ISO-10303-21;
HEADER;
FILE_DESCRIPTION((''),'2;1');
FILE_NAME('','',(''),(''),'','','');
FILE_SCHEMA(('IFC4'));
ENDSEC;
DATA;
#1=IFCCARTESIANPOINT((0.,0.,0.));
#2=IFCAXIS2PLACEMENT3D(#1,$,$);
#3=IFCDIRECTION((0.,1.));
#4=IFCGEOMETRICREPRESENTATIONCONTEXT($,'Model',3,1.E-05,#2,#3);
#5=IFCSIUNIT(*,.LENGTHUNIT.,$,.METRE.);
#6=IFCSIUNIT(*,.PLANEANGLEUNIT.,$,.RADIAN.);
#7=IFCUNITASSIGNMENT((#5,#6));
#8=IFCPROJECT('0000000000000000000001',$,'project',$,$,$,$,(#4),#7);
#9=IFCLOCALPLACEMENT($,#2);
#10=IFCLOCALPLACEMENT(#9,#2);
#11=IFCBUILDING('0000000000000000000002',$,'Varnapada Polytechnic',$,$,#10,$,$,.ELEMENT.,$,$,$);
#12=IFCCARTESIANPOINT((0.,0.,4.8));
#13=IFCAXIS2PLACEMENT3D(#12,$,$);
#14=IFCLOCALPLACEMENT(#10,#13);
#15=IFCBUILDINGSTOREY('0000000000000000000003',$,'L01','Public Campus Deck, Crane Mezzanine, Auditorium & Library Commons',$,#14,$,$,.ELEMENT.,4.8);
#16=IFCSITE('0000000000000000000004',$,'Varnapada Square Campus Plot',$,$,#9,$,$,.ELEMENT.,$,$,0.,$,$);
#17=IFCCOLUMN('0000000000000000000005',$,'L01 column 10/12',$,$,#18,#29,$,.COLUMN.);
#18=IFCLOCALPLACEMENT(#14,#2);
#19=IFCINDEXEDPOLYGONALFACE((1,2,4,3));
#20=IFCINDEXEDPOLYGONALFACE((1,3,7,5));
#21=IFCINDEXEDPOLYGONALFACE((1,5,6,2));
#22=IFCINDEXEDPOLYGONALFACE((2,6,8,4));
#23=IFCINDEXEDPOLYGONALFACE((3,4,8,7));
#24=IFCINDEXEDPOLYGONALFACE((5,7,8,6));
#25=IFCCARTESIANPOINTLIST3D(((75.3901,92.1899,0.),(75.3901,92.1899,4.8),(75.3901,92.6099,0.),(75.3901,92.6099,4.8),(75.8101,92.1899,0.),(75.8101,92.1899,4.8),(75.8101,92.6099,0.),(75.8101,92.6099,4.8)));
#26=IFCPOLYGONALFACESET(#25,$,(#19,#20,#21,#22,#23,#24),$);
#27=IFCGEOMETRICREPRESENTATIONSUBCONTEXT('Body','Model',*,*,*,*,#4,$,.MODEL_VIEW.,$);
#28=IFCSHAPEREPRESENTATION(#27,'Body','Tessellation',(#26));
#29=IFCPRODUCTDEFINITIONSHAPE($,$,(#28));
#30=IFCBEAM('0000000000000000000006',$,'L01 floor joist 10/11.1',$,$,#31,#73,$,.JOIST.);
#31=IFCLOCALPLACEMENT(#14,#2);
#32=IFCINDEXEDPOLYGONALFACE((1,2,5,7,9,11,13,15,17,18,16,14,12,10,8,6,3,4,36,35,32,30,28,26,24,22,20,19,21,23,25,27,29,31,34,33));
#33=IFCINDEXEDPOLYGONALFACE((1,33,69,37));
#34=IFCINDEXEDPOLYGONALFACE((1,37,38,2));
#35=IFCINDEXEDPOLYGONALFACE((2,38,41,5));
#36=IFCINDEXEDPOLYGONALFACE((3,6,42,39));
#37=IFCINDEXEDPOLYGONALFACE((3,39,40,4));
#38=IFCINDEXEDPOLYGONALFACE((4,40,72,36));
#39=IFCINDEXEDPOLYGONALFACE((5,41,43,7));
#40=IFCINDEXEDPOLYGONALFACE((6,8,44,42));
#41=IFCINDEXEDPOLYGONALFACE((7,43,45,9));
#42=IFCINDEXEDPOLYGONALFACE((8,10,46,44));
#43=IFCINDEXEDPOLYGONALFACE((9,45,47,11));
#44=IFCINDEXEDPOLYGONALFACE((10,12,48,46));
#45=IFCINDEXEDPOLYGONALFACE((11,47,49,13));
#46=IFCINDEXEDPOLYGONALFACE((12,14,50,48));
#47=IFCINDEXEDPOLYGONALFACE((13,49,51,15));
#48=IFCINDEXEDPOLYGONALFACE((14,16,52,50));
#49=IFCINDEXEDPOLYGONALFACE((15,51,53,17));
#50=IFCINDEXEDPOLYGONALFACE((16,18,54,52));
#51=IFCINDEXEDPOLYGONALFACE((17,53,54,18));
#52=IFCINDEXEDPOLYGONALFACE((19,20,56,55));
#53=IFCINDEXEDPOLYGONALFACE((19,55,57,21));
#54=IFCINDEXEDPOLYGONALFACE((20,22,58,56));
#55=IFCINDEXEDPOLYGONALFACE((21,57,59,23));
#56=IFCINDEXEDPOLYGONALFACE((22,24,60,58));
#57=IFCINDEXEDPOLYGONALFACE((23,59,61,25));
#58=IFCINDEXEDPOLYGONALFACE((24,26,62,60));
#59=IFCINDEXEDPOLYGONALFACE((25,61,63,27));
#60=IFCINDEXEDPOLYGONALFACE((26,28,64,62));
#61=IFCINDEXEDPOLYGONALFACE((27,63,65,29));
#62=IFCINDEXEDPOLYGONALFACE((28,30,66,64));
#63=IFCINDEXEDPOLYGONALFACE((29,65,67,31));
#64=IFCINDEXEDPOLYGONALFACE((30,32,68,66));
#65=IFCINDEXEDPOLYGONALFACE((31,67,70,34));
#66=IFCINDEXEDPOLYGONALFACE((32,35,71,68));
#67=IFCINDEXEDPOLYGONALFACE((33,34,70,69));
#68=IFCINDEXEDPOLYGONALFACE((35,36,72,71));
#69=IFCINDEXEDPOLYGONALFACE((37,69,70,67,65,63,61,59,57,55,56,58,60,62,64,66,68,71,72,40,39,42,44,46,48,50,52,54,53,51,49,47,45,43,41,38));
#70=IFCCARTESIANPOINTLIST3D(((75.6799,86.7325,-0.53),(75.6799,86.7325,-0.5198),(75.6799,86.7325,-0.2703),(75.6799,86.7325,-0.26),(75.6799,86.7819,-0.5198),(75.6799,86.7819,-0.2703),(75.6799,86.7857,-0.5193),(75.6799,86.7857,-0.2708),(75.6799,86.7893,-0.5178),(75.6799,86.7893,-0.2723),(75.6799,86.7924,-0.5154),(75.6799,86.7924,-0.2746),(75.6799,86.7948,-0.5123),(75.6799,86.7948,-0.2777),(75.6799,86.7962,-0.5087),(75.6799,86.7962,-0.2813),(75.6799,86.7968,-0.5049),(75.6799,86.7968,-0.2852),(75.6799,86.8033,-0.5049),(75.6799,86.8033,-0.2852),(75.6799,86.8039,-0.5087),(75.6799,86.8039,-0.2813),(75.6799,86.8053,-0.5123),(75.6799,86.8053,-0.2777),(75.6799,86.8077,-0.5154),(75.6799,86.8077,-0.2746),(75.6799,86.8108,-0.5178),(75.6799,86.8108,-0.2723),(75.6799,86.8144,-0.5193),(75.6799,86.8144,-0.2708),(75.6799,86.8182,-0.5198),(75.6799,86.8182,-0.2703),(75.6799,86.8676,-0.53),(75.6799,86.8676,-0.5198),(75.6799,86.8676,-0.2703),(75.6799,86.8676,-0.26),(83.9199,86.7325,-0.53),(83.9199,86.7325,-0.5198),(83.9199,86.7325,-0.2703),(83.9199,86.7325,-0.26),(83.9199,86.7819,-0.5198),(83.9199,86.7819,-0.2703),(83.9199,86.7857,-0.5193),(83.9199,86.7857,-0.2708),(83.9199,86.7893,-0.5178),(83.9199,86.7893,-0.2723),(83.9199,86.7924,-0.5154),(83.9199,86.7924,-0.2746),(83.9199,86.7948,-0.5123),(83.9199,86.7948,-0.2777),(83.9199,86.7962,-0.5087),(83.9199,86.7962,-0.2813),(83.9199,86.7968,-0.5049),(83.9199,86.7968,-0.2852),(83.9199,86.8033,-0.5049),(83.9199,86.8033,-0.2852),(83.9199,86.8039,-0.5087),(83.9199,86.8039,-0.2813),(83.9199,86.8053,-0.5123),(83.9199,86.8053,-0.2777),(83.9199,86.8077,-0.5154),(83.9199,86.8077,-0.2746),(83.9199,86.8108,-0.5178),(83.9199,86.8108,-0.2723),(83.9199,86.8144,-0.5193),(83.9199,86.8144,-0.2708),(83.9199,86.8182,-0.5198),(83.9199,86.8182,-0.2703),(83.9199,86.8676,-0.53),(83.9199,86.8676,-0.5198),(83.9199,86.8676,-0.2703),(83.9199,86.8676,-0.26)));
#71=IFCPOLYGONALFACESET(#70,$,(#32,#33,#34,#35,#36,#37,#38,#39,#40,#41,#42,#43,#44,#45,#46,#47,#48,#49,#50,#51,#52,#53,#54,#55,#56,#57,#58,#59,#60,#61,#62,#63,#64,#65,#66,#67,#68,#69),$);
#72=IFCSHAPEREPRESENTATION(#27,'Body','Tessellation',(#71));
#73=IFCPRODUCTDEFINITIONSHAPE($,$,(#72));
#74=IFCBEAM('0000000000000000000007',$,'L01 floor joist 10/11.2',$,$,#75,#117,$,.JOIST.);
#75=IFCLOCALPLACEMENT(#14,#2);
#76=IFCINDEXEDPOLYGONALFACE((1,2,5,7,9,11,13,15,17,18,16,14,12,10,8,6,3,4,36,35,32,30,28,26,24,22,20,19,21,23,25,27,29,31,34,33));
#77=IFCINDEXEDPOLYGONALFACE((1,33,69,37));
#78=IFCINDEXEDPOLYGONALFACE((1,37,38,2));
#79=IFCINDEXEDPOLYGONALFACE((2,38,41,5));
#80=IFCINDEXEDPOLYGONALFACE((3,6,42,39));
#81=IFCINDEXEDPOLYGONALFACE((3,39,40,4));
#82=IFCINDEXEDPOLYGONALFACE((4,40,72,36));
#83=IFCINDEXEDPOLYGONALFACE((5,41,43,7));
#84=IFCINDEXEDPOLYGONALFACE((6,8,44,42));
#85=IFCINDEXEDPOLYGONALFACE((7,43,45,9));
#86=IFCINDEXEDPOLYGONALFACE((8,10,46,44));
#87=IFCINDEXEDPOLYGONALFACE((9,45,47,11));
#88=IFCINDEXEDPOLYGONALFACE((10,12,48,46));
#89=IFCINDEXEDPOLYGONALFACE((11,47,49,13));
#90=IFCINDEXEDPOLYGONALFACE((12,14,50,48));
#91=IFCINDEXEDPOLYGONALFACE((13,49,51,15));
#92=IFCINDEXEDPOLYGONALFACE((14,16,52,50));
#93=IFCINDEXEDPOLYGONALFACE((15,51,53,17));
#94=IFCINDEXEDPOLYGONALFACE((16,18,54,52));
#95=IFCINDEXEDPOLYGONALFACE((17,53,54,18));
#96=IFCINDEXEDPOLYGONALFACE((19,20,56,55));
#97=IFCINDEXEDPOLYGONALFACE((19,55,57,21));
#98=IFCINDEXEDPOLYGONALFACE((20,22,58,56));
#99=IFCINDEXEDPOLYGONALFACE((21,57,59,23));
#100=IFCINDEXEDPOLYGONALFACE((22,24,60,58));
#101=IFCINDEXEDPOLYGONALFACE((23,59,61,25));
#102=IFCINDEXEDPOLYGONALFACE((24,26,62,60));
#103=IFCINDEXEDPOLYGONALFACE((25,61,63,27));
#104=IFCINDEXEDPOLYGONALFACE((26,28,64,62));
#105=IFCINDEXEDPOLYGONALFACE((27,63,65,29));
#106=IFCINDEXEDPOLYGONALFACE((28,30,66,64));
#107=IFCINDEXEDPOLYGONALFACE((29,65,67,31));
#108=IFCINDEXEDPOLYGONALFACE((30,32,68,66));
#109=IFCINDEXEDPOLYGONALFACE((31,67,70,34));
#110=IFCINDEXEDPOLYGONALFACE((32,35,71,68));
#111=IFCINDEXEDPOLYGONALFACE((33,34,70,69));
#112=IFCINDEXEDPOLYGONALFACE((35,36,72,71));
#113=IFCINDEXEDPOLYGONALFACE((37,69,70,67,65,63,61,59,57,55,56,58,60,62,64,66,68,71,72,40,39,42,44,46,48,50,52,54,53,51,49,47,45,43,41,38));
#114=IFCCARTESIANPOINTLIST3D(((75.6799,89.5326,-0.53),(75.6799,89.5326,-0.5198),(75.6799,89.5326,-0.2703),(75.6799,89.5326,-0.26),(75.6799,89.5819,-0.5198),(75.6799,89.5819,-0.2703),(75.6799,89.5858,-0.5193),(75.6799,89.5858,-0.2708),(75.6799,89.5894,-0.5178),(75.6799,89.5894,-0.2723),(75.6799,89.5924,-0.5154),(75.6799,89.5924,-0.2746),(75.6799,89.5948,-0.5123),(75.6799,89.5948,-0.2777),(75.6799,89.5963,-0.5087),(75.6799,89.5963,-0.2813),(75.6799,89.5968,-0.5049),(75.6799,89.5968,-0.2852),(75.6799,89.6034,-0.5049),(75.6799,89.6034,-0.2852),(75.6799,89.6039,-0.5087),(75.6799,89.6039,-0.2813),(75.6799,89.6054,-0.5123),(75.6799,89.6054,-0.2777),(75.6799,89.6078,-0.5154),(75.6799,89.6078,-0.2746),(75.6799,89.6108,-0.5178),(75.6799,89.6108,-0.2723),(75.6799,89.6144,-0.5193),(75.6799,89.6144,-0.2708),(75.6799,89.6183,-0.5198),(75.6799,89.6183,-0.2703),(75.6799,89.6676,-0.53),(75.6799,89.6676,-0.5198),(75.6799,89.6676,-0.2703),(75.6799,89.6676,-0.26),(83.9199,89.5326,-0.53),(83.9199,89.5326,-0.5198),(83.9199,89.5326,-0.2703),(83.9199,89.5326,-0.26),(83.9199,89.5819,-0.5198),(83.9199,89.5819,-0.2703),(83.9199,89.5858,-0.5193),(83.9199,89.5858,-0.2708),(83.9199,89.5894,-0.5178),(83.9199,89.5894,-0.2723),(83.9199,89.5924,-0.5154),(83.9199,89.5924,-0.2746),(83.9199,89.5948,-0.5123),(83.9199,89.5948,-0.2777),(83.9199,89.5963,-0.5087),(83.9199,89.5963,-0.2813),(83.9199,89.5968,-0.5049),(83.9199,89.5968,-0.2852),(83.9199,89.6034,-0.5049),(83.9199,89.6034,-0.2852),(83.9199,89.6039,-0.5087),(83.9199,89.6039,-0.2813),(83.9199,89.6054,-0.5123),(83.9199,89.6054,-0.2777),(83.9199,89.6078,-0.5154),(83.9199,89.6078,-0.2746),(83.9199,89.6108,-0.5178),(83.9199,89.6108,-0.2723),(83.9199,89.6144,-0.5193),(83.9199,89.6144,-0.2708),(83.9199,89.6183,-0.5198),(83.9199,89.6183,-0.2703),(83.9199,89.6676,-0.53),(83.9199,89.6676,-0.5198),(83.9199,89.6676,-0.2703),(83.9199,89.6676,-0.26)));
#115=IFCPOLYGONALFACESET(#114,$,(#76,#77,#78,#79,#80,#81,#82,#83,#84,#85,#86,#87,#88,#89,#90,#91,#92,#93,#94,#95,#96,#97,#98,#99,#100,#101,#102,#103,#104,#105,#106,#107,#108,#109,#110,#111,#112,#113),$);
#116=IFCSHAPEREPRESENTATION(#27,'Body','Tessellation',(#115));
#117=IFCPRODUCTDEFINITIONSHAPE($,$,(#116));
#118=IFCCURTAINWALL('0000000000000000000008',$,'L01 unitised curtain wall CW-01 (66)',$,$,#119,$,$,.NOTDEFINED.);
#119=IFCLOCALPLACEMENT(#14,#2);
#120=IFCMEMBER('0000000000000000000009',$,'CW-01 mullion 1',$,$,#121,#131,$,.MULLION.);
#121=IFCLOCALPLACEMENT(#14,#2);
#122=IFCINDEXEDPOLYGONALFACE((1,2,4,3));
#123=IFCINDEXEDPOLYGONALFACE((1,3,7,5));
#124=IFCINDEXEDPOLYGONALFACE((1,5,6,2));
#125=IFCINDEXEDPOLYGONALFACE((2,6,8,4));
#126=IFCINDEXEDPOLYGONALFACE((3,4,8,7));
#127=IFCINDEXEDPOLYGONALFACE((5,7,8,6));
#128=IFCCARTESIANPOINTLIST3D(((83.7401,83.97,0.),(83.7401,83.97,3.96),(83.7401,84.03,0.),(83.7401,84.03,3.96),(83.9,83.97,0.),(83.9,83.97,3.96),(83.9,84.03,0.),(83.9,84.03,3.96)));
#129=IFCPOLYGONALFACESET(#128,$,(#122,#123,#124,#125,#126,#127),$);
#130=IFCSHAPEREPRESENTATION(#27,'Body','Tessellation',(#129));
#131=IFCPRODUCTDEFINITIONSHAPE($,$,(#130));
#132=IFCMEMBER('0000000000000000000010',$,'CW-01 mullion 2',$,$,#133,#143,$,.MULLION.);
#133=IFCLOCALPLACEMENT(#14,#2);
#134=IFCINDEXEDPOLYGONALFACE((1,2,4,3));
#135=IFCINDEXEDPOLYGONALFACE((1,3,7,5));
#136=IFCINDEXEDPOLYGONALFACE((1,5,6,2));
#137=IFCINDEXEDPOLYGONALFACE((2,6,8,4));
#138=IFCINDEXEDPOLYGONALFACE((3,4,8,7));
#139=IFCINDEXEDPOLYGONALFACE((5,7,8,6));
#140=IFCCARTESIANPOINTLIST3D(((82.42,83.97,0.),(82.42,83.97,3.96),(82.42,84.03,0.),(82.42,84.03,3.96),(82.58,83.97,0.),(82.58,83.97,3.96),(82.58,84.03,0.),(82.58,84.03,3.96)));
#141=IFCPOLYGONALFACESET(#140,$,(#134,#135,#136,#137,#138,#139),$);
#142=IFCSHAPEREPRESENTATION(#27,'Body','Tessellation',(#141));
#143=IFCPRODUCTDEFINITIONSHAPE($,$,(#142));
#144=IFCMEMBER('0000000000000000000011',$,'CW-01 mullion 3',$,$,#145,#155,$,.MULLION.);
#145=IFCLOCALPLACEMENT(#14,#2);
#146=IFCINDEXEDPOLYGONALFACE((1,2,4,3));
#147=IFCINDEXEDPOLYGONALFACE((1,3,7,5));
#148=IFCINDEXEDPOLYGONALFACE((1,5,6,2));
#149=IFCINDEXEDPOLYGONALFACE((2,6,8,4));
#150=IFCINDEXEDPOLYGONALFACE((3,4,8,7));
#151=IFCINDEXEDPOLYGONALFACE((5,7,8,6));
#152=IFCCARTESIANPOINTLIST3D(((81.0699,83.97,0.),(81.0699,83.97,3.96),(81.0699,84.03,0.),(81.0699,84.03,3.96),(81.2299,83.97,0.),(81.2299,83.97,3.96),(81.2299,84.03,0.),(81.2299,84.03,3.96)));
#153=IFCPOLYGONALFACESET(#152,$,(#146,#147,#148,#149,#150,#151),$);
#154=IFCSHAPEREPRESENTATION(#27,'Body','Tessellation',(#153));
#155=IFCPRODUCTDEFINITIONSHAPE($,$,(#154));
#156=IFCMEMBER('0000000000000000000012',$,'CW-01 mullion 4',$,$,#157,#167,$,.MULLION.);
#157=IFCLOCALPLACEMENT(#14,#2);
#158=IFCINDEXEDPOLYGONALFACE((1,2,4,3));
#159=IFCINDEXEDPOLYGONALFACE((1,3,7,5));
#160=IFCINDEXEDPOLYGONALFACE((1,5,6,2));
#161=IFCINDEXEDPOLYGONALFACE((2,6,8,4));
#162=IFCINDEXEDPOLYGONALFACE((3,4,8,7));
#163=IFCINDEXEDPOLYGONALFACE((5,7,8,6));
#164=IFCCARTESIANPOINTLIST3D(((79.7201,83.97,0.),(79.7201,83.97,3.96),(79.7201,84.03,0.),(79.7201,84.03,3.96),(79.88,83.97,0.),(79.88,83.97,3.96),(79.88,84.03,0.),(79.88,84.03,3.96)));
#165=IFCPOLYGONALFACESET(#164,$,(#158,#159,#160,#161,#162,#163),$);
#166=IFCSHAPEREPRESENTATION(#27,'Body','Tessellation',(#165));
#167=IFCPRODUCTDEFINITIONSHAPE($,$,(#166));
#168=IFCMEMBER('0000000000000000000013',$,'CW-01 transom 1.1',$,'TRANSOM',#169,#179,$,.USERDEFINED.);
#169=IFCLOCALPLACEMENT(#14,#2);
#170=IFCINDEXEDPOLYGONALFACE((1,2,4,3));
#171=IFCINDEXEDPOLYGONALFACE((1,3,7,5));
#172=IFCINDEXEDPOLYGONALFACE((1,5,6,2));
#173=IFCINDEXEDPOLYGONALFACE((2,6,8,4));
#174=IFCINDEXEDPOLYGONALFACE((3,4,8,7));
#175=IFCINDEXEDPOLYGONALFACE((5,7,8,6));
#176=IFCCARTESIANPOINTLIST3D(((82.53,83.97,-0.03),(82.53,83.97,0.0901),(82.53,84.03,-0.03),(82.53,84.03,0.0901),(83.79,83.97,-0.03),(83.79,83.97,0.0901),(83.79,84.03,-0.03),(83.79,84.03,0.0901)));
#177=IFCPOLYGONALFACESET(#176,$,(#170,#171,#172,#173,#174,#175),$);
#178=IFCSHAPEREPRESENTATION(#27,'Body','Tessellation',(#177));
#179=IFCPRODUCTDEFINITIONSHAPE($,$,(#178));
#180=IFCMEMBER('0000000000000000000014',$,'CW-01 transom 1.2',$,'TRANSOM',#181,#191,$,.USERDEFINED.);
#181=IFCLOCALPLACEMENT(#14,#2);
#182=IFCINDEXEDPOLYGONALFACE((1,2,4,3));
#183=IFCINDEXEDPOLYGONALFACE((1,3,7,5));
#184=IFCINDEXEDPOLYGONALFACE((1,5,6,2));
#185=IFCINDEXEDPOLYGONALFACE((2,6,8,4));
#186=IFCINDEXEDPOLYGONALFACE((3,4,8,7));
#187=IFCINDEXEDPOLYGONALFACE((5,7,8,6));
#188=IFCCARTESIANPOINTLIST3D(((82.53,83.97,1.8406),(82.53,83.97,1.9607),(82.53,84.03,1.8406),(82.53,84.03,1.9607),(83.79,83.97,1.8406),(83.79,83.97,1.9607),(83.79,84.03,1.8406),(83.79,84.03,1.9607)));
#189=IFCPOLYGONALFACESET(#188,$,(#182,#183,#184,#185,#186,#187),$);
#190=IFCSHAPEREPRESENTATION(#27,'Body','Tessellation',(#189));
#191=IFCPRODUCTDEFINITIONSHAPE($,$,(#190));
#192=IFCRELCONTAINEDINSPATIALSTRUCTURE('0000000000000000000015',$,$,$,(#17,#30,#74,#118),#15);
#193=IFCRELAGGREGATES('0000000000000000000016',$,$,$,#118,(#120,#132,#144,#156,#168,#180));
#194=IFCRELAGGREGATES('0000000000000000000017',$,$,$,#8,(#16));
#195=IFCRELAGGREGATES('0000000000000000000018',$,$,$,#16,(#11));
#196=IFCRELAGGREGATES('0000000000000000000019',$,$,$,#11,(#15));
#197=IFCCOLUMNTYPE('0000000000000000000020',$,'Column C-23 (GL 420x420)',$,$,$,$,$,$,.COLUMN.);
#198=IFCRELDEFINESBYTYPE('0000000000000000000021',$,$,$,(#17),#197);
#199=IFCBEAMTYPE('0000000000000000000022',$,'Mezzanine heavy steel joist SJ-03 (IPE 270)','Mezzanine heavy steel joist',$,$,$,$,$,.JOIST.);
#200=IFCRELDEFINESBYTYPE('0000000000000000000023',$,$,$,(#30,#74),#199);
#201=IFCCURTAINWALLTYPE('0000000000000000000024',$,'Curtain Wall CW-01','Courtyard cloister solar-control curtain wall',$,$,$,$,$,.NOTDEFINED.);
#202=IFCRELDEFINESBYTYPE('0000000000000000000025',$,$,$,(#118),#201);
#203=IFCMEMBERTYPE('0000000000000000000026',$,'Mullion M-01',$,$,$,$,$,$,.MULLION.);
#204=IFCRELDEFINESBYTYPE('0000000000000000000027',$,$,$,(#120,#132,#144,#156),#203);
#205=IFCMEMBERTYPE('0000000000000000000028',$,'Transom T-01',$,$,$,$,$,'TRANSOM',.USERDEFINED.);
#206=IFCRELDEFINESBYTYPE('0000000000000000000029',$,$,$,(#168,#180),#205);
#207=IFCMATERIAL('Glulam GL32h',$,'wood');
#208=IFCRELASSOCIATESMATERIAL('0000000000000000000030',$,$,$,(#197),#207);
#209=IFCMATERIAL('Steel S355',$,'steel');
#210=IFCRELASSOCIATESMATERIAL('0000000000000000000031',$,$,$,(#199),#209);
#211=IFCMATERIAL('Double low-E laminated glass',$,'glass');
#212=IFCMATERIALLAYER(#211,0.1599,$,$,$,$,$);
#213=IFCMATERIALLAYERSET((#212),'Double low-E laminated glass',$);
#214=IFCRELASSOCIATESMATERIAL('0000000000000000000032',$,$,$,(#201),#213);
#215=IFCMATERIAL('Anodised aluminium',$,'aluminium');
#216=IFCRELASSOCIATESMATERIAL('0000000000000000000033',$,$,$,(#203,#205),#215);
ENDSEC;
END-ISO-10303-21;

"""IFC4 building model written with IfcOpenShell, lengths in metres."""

from ifc_helpers import new_model, si_unit, direction, frame, origin, origin_2d, place, context, subcontext, project, spatial, rectangle, i_section, extrude, material, layer, layer_set, material_profile, profile_set, type_object, element, aggregate, save


model = new_model("IFC4")

# Units and contexts
model_context = context("Model", 3, precision=1e-05, world=origin(), true_north=direction((0.0, 1.0)))
body_context = subcontext(model_context, "Body", "Model", "MODEL_VIEW")
ifc_project = project(units=[si_unit("LENGTHUNIT", "METRE"), si_unit("PLANEANGLEUNIT", "RADIAN")], contexts=[model_context])

# Site, building, storey
site_placement = place(None, origin())
site = spatial("IfcSite", under=ifc_project, at=site_placement, Name="Varnapada Square Campus Plot", CompositionType="ELEMENT", RefElevation=0.0)
building_placement = place(site_placement, origin())
building = spatial("IfcBuilding", under=site, at=building_placement, Name="Varnapada Polytechnic", CompositionType="ELEMENT")
storey_placement = place(building_placement, frame((0.0, 0.0, 4.8)))
storey = spatial("IfcBuildingStorey", under=building, at=storey_placement, Name="L01", Description="Public Campus Deck, Crane Mezzanine, Auditorium & Library Commons", CompositionType="ELEMENT", Elevation=4.8)

# Column
ifc_material_1 = material(Name="Glulam GL32h", Category="wood")
ifc_material_profile_1 = material_profile(ifc_material_1, rectangle(XDim=0.4199, YDim=0.4199, at=origin_2d()), Name="GL 420x420")
ifc_profile_set_1 = profile_set([ifc_material_profile_1], Name="Glulam GL32h")
column_type = type_object("IfcColumnType", Name="Column C-23 (GL 420x420)", PredefinedType="COLUMN", material=ifc_profile_set_1)
column_placement = place(storey_placement, frame((75.6001, 92.3999, 0.0), z_axis=(0.0, 0.0, 1.0), x_axis=(1.0, 0.0, 0.0)))
element("IfcColumn", 1, at=column_placement, inside=storey, type_object=column_type, Name="L01 column 10/12", PredefinedType="COLUMN", context=body_context, shape_type="SweptSolid", body=[
    extrude(rectangle(XDim=0.4199, YDim=0.4199, at=origin_2d()), origin(), (0.0, 0.0, 1.0), 4.8),
])

# Beams
ifc_material_2 = material(Name="Steel S355", Category="steel")
ifc_material_profile_2 = material_profile(ifc_material_2, i_section(OverallWidth=0.135, OverallDepth=0.27, WebThickness=0.0066, FlangeThickness=0.0103, FilletRadius=0.0149, at=origin_2d()), Name="IPE 270")
ifc_profile_set_2 = profile_set([ifc_material_profile_2], Name="Steel S355")
beam_type_1 = type_object("IfcBeamType", Name="Mezzanine heavy steel joist SJ-03 (IPE 270)", Description="Mezzanine heavy steel joist", PredefinedType="JOIST", material=ifc_profile_set_2)
for number, where, z_axis, x_axis, name in (
    (2, (75.6799, 86.8, -0.395), (1.0, 0.0, 0.0), (0.0, 1.0, 0.0), "L01 floor joist 10/11.1"),
    (3, (75.6799, 89.6001, -0.395), (1.0, 0.0, 0.0), (0.0, 1.0, 0.0), "L01 floor joist 10/11.2"),
):
    element("IfcBeam", number, at=place(storey_placement, frame(where, z_axis=z_axis, x_axis=x_axis)), inside=storey, type_object=beam_type_1, Name=name, PredefinedType="JOIST", context=body_context, shape_type="SweptSolid", body=[
        extrude(i_section(OverallWidth=0.135, OverallDepth=0.27, WebThickness=0.0066, FlangeThickness=0.0103, FilletRadius=0.0149, at=origin_2d()), origin(), (0.0, 0.0, 1.0), 8.24),
    ])

# Curtain wall, members
ifc_material_3 = material(Name="Double low-E laminated glass", Category="glass")
ifc_layer_1 = layer(ifc_material_3, 0.1599)
ifc_layer_set_1 = layer_set([ifc_layer_1], Name="Double low-E laminated glass")
curtain_wall_type = type_object("IfcCurtainWallType", Name="Curtain Wall CW-01", Description="Courtyard cloister solar-control curtain wall", PredefinedType="NOTDEFINED", material=ifc_layer_set_1)
curtain_wall_placement = place(storey_placement, origin())
curtain_wall = element("IfcCurtainWall", 4, at=curtain_wall_placement, inside=storey, type_object=curtain_wall_type, Name="L01 unitised curtain wall CW-01 (66)", PredefinedType="NOTDEFINED")
ifc_material_4 = material(Name="Anodised aluminium", Category="aluminium")
ifc_material_profile_3 = material_profile(ifc_material_4, rectangle(XDim=0.0601, YDim=0.1599, at=origin_2d()), Name="ALU M60x160")
ifc_profile_set_3 = profile_set([ifc_material_profile_3], Name="Anodised aluminium")
member_type_1 = type_object("IfcMemberType", Name="Mullion M-01", PredefinedType="MULLION", material=ifc_profile_set_3)
member_1_placement = place(storey_placement, frame((83.8201, 84.0, 0.0), z_axis=(0.0, 0.0, 1.0), x_axis=(0.0, -1.0, 0.0)))
member_1 = element("IfcMember", 5, at=member_1_placement, type_object=member_type_1, Name="CW-01 mullion 1", PredefinedType="MULLION", context=body_context, shape_type="SweptSolid", body=[
    extrude(rectangle(XDim=0.0601, YDim=0.1599, at=origin_2d()), origin(), (0.0, 0.0, 1.0), 3.96),
])
member_2_placement = place(storey_placement, frame((82.5, 84.0, 0.0), z_axis=(0.0, 0.0, 1.0), x_axis=(0.0, -1.0, 0.0)))
member_2 = element("IfcMember", 6, at=member_2_placement, type_object=member_type_1, Name="CW-01 mullion 2", PredefinedType="MULLION", context=body_context, shape_type="SweptSolid", body=[
    extrude(rectangle(XDim=0.0601, YDim=0.1599, at=origin_2d()), origin(), (0.0, 0.0, 1.0), 3.96),
])
member_3_placement = place(storey_placement, frame((81.1499, 84.0, 0.0), z_axis=(0.0, 0.0, 1.0), x_axis=(0.0, -1.0, 0.0)))
member_3 = element("IfcMember", 7, at=member_3_placement, type_object=member_type_1, Name="CW-01 mullion 3", PredefinedType="MULLION", context=body_context, shape_type="SweptSolid", body=[
    extrude(rectangle(XDim=0.0601, YDim=0.1599, at=origin_2d()), origin(), (0.0, 0.0, 1.0), 3.96),
])
member_4_placement = place(storey_placement, frame((79.8, 84.0, 0.0), z_axis=(0.0, 0.0, 1.0), x_axis=(0.0, -1.0, 0.0)))
member_4 = element("IfcMember", 8, at=member_4_placement, type_object=member_type_1, Name="CW-01 mullion 4", PredefinedType="MULLION", context=body_context, shape_type="SweptSolid", body=[
    extrude(rectangle(XDim=0.0601, YDim=0.1599, at=origin_2d()), origin(), (0.0, 0.0, 1.0), 3.96),
])
ifc_material_profile_4 = material_profile(ifc_material_4, rectangle(XDim=0.0601, YDim=0.1201, at=origin_2d()), Name="ALU T60x120")
ifc_profile_set_4 = profile_set([ifc_material_profile_4], Name="Anodised aluminium")
member_type_2 = type_object("IfcMemberType", Name="Transom T-01", ElementType="TRANSOM", PredefinedType="USERDEFINED", material=ifc_profile_set_4)
member_5_placement = place(storey_placement, frame((83.79, 84.0, 0.03), z_axis=(-1.0, 0.0, 0.0), x_axis=(0.0, -1.0, 0.0)))
member_5 = element("IfcMember", 9, at=member_5_placement, type_object=member_type_2, Name="CW-01 transom 1.1", ObjectType="TRANSOM", PredefinedType="USERDEFINED", context=body_context, shape_type="SweptSolid", body=[
    extrude(rectangle(XDim=0.0601, YDim=0.1201, at=origin_2d()), origin(), (0.0, 0.0, 1.0), 1.26),
])
member_6_placement = place(storey_placement, frame((83.79, 84.0, 1.9006), z_axis=(-1.0, 0.0, 0.0), x_axis=(0.0, -1.0, 0.0)))
member_6 = element("IfcMember", 10, at=member_6_placement, type_object=member_type_2, Name="CW-01 transom 1.2", ObjectType="TRANSOM", PredefinedType="USERDEFINED", context=body_context, shape_type="SweptSolid", body=[
    extrude(rectangle(XDim=0.0601, YDim=0.1201, at=origin_2d()), origin(), (0.0, 0.0, 1.0), 1.26),
])

aggregate(curtain_wall, [member_1, member_2, member_3, member_4, member_5, member_6])

save(model, "model.ifc")
